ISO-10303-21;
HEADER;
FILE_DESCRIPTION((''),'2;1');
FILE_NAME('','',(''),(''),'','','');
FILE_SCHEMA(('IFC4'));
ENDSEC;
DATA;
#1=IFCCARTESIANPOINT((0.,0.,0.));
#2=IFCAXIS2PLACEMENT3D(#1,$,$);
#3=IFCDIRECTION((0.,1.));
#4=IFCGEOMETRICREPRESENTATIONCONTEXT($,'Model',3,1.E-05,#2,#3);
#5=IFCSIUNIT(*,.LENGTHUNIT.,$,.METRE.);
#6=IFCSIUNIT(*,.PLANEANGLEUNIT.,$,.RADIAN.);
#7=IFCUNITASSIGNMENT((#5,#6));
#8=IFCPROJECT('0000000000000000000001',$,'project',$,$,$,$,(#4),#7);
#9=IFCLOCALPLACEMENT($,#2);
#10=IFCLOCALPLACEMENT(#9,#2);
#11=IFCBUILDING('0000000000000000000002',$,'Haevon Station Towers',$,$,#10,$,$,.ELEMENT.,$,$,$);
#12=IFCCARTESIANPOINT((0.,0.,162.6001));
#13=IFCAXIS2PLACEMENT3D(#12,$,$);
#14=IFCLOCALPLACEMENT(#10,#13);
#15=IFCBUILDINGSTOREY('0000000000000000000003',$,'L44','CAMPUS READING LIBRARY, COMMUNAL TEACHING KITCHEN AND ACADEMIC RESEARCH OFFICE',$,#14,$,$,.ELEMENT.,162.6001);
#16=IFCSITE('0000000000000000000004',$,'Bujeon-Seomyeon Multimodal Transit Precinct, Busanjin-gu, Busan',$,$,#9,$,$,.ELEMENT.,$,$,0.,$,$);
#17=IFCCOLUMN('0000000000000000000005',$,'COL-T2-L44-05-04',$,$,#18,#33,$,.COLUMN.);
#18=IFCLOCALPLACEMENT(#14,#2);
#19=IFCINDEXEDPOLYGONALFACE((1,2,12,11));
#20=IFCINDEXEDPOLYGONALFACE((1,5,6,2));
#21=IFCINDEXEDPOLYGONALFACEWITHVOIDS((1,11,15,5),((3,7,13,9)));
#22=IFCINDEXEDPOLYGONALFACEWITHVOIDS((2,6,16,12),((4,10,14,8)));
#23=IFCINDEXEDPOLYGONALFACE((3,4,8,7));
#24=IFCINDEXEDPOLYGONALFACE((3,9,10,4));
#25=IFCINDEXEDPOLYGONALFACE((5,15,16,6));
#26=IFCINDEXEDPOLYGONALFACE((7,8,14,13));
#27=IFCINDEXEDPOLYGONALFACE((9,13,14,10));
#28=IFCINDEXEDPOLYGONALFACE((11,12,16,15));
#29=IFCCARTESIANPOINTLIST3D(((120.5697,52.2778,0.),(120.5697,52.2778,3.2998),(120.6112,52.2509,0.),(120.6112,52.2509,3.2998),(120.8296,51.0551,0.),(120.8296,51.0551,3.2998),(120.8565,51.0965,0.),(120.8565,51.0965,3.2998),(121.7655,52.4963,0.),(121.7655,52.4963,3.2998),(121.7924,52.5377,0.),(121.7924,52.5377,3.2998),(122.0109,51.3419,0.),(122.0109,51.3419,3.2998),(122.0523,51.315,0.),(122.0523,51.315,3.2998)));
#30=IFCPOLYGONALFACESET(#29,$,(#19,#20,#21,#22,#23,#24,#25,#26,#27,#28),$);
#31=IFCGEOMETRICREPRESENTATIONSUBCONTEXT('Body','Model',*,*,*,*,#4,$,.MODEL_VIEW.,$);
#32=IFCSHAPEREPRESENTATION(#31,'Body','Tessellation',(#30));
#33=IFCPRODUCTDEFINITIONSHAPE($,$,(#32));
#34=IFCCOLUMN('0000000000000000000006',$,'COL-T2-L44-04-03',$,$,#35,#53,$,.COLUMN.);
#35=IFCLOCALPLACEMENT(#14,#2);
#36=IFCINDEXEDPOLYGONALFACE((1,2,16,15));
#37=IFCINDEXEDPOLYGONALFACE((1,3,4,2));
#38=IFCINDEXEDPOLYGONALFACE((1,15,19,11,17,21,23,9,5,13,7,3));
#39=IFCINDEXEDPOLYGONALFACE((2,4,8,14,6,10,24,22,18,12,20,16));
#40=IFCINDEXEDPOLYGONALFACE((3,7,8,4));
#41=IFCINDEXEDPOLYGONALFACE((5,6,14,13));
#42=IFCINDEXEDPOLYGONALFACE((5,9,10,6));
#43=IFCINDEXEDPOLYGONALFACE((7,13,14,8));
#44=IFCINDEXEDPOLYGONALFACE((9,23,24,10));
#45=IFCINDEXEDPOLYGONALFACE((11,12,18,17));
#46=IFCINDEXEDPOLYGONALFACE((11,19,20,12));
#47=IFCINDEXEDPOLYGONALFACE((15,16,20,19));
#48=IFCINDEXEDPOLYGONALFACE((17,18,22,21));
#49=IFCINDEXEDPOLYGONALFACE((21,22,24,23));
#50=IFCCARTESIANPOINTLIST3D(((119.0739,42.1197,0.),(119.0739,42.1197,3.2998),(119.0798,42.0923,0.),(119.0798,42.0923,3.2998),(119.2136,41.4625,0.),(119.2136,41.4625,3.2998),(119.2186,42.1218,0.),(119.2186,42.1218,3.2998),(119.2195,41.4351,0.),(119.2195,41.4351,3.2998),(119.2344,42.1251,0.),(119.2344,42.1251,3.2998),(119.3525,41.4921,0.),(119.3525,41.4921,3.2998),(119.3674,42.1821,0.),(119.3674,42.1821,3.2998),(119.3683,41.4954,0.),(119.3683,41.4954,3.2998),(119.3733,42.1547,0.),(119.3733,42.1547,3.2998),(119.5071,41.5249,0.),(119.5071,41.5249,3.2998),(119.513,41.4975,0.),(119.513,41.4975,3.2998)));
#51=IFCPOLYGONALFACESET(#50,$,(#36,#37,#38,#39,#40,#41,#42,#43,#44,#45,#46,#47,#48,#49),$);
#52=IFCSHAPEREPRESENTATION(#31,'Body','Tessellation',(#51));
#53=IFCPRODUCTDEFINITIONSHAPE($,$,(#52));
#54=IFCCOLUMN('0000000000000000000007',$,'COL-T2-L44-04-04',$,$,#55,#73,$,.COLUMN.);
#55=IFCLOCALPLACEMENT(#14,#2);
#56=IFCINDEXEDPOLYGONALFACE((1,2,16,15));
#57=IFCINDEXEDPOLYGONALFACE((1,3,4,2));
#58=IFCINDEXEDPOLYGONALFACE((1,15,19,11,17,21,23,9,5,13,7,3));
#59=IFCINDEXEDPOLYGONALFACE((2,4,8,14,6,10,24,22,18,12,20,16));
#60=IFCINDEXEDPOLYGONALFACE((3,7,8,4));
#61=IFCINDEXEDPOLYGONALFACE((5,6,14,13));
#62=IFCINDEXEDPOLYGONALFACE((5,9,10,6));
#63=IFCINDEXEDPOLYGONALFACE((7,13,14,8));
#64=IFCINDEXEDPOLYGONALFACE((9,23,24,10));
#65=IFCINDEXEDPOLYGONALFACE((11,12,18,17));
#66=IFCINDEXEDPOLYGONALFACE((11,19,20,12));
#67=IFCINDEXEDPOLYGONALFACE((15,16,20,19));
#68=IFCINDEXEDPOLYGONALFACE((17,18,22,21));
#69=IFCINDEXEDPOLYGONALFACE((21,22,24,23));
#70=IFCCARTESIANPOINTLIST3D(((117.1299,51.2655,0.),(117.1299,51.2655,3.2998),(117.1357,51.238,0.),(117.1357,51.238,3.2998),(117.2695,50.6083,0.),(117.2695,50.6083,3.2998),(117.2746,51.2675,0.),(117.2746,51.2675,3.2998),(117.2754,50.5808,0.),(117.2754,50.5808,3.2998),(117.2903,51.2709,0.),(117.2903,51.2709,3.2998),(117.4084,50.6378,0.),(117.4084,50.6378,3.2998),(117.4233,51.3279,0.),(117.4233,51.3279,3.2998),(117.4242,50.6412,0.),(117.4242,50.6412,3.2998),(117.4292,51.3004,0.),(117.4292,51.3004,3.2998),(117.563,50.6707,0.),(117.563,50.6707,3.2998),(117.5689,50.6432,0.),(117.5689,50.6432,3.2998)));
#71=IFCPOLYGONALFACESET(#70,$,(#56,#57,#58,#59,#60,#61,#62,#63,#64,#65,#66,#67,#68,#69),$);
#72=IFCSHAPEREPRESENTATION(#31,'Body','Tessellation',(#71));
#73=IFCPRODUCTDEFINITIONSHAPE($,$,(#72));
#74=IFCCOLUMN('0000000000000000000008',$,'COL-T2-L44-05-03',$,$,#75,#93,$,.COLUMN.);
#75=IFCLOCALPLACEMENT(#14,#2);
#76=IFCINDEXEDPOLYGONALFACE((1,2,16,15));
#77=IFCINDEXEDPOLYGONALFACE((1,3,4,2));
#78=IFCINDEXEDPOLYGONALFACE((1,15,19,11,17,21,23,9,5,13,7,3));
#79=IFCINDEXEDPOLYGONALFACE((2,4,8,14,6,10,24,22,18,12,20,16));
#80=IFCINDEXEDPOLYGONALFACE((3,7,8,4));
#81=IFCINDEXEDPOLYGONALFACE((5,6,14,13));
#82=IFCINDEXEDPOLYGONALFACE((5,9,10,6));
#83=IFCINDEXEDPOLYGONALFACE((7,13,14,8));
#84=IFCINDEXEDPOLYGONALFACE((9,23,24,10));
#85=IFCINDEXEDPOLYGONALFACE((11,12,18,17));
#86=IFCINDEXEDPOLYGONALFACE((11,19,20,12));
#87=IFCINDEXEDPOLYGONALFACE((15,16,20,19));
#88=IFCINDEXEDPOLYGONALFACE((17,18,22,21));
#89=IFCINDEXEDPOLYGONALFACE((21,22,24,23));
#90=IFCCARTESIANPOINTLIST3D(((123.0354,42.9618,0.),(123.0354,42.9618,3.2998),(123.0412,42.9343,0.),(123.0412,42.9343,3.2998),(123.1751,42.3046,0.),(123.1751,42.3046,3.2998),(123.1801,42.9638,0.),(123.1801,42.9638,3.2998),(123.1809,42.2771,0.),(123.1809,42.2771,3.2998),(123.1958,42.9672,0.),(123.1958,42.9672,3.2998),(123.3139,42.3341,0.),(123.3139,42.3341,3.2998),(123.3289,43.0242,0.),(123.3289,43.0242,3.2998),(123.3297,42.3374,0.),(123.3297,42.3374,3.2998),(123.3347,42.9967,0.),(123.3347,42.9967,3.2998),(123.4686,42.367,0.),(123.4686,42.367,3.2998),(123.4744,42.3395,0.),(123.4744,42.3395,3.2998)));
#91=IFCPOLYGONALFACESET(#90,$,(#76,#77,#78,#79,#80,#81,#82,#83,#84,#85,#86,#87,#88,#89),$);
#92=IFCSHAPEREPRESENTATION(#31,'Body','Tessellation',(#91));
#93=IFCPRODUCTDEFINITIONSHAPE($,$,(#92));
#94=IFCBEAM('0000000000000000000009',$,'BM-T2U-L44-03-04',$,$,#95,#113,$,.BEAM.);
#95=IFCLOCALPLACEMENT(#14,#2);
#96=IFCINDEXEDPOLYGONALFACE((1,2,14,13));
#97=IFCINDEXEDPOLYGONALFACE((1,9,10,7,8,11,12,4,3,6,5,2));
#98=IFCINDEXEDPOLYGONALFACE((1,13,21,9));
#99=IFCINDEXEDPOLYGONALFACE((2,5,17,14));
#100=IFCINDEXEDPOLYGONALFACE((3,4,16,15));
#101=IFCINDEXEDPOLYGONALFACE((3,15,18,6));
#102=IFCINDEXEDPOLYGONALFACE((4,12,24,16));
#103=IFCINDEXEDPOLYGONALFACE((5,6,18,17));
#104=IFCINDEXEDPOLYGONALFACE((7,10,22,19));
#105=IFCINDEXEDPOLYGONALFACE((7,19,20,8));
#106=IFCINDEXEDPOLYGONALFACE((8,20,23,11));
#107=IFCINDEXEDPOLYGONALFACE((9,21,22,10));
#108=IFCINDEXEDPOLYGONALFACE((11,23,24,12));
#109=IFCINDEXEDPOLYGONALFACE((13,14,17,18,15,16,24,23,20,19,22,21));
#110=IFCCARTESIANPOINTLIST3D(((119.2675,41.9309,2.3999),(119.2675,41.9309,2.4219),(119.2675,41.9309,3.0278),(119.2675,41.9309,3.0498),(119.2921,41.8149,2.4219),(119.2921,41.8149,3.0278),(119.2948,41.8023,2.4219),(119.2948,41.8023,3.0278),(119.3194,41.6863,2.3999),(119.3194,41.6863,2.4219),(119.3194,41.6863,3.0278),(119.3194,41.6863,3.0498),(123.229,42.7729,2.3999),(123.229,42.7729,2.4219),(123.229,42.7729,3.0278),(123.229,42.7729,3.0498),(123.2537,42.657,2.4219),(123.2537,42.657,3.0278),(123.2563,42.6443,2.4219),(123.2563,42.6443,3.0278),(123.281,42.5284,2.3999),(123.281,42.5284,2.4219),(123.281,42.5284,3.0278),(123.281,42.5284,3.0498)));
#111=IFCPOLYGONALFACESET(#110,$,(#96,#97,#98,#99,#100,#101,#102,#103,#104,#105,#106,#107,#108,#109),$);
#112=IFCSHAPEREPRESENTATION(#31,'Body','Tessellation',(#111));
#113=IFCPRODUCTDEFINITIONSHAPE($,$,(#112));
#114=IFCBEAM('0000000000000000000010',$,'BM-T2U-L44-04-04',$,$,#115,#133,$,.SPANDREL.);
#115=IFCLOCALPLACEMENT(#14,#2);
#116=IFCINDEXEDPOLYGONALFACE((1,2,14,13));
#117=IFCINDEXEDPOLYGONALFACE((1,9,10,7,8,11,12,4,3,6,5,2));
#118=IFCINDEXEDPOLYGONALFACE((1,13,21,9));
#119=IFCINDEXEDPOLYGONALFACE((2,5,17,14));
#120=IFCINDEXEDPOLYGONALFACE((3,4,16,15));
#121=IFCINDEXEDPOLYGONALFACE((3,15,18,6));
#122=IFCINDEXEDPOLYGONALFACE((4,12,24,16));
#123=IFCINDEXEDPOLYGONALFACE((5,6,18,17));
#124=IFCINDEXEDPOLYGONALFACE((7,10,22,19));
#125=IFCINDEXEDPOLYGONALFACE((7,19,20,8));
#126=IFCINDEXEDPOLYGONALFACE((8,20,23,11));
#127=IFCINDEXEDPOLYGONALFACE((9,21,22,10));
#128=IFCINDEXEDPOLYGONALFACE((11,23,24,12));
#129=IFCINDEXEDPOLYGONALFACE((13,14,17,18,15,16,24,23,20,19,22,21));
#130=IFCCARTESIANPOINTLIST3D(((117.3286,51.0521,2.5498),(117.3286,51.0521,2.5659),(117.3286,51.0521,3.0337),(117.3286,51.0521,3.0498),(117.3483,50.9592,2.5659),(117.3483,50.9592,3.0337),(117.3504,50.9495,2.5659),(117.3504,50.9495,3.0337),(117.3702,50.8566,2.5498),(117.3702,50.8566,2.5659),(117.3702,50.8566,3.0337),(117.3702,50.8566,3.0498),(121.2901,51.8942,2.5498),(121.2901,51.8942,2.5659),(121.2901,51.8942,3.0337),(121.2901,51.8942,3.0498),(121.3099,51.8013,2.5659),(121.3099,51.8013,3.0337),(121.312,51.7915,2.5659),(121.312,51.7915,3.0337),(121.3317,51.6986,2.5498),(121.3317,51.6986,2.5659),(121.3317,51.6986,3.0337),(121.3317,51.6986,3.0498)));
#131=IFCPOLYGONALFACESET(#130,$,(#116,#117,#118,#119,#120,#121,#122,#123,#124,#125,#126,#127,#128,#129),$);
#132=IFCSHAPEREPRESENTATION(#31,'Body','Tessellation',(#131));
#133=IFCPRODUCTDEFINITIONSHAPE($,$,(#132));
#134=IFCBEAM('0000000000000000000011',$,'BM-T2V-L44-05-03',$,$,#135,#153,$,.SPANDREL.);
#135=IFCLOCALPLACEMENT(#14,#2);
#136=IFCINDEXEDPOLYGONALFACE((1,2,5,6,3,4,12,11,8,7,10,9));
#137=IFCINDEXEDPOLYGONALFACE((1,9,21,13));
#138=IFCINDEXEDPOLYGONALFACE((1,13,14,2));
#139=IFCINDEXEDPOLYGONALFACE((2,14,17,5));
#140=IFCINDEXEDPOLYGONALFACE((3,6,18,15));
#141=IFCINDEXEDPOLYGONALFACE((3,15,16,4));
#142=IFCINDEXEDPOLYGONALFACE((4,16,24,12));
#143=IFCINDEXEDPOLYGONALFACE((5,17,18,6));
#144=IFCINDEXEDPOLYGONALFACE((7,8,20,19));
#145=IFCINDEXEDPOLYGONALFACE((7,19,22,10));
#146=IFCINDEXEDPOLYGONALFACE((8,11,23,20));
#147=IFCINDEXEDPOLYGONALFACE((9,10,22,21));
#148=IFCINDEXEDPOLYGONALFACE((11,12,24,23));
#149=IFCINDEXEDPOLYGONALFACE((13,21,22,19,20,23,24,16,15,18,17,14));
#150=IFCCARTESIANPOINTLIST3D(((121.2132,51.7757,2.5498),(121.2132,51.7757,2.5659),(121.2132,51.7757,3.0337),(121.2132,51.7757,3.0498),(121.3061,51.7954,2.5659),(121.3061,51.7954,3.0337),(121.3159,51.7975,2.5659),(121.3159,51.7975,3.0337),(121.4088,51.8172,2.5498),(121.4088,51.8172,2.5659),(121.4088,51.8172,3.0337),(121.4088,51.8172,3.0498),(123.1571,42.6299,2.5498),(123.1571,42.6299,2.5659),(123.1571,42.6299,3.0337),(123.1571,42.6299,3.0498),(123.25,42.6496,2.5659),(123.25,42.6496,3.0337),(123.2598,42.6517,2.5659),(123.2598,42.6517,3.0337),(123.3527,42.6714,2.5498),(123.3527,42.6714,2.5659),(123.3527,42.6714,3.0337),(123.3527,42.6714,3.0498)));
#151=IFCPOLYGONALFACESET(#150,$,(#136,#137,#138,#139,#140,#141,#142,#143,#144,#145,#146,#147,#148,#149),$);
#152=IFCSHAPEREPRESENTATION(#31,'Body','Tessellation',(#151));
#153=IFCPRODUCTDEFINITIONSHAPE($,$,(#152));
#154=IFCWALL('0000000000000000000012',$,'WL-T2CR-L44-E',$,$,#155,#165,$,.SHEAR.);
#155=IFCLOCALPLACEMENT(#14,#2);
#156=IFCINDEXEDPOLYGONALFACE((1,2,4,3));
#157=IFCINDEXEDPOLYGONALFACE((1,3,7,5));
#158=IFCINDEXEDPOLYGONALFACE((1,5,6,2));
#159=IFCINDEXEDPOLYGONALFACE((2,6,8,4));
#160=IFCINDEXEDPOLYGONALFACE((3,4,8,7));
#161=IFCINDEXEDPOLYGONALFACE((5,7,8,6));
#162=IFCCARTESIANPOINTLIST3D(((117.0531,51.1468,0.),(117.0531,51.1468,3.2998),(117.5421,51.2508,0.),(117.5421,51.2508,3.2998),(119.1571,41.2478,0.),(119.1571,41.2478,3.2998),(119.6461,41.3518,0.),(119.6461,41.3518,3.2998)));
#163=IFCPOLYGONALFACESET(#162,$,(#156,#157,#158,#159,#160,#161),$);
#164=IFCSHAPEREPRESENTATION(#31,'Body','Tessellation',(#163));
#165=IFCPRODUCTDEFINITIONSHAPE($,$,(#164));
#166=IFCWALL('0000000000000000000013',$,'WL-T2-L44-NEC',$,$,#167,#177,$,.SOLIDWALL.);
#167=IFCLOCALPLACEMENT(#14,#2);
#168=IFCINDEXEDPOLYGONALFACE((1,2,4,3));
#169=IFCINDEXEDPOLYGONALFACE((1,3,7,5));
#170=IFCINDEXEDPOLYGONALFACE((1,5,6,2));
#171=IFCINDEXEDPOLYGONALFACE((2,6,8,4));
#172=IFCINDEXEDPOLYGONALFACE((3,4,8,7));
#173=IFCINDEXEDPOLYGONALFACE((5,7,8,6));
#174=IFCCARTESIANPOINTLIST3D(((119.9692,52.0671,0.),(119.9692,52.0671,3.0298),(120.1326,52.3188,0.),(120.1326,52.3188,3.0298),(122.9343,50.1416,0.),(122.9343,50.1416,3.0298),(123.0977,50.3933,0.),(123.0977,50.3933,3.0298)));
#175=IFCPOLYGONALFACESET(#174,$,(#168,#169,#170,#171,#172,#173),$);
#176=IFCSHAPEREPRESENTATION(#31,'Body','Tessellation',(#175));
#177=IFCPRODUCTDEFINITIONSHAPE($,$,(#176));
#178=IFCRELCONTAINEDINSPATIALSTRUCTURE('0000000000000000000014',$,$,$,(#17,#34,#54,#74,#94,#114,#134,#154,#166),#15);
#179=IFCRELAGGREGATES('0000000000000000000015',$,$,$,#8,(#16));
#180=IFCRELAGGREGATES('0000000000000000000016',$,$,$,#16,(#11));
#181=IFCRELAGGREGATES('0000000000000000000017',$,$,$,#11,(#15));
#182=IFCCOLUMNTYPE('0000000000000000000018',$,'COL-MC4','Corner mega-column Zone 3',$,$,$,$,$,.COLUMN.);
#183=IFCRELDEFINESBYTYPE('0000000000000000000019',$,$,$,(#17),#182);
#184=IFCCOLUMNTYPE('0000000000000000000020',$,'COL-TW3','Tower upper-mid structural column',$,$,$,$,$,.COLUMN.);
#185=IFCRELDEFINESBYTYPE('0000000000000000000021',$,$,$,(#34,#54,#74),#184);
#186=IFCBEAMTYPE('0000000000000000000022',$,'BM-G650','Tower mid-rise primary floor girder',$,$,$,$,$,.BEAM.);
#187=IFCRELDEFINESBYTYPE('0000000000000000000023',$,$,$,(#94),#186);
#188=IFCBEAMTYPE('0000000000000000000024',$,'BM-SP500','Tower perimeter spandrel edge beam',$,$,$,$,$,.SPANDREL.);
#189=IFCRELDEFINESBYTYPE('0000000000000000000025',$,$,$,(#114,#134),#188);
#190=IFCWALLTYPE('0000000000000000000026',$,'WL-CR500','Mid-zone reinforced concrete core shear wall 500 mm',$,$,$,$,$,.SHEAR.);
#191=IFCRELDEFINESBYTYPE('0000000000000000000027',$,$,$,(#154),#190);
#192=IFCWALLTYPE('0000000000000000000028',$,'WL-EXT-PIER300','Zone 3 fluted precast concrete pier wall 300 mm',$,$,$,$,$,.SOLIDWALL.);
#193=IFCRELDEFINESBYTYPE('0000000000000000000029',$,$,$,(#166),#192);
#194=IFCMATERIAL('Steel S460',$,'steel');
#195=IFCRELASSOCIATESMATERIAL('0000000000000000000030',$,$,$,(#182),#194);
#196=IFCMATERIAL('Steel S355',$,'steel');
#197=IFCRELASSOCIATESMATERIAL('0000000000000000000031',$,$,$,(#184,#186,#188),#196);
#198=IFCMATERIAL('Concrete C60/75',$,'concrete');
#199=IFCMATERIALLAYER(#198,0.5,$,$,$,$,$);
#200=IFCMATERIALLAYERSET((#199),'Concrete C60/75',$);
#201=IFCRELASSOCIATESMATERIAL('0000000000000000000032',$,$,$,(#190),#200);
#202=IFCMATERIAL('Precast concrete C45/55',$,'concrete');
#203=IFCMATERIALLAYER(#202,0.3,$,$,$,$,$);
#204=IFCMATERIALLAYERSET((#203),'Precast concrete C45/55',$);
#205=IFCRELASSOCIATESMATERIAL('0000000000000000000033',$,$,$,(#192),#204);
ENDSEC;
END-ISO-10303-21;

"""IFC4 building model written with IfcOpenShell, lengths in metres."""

from ifc_helpers import new_model, si_unit, direction, frame, frame_2d, origin, origin_2d, place, context, subcontext, project, spatial, rectangle, hollow_rectangle, i_section, extrude, material, layer, layer_set, material_profile, profile_set, type_object, element, save


model = new_model("IFC4")

# Units and contexts
model_context = context("Model", 3, precision=1e-05, world=origin(), true_north=direction((0.0, 1.0)))
body_context = subcontext(model_context, "Body", "Model", "MODEL_VIEW")
ifc_project = project(units=[si_unit("LENGTHUNIT", "METRE"), si_unit("PLANEANGLEUNIT", "RADIAN")], contexts=[model_context])

# Site, building, storey
site_placement = place(None, origin())
site = spatial("IfcSite", under=ifc_project, at=site_placement, Name="Bujeon-Seomyeon Multimodal Transit Precinct, Busanjin-gu, Busan", CompositionType="ELEMENT", RefElevation=0.0)
building_placement = place(site_placement, origin())
building = spatial("IfcBuilding", under=site, at=building_placement, Name="Haevon Station Towers", CompositionType="ELEMENT")
storey_placement = place(building_placement, frame((0.0, 0.0, 162.6001)))
storey = spatial("IfcBuildingStorey", under=building, at=storey_placement, Name="L44", Description="CAMPUS READING LIBRARY, COMMUNAL TEACHING KITCHEN AND ACADEMIC RESEARCH OFFICE", CompositionType="ELEMENT", Elevation=162.6001)

# Columns
ifc_material_1 = material(Name="Steel S460", Category="steel")
ifc_material_profile_1 = material_profile(ifc_material_1, hollow_rectangle(XDim=1.25, YDim=1.25, WallThickness=0.0349, at=origin_2d()), Name="BOX-1250x1250x35")
ifc_profile_set_1 = profile_set([ifc_material_profile_1], Name="Steel S460")
column_type_1 = type_object("IfcColumnType", Name="COL-MC4", Description="Corner mega-column Zone 3", PredefinedType="COLUMN", material=ifc_profile_set_1)
column_placement = place(storey_placement, frame((121.311, 51.7964, 0.0), z_axis=(0.0, 0.0, 1.0), x_axis=(0.978148, 0.207912, 0.0)))
element("IfcColumn", 1, at=column_placement, inside=storey, type_object=column_type_1, Name="COL-T2-L44-05-04", PredefinedType="COLUMN", context=body_context, shape_type="SweptSolid", body=[
    extrude(hollow_rectangle(XDim=1.25, YDim=1.25, WallThickness=0.0349, at=origin_2d()), origin(), (0.0, 0.0, 1.0), 3.2998),
])
ifc_material_2 = material(Name="Steel S355", Category="steel")
ifc_material_profile_2 = material_profile(ifc_material_2, i_section(OverallWidth=0.3, OverallDepth=0.7, WebThickness=0.0161, FlangeThickness=0.0281, at=origin_2d()), Name="H-700x300x16x28")
ifc_profile_set_2 = profile_set([ifc_material_profile_2], Name="Steel S355")
column_type_2 = type_object("IfcColumnType", Name="COL-TW3", Description="Tower upper-mid structural column", PredefinedType="COLUMN", material=ifc_profile_set_2)
for number, where, z_axis, x_axis, name in (
    (2, (119.2935, 41.8086, 0.0), (0.0, 0.0, 1.0), (0.978148, 0.207912, 0.0), "COL-T2-L44-04-03"),
    (3, (117.3494, 50.9543, 0.0), (0.0, 0.0, 1.0), (0.978148, 0.207912, 0.0), "COL-T2-L44-04-04"),
    (4, (123.2549, 42.6506, 0.0), (0.0, 0.0, 1.0), (0.978148, 0.207912, 0.0), "COL-T2-L44-05-03"),
):
    element("IfcColumn", number, at=place(storey_placement, frame(where, z_axis=z_axis, x_axis=x_axis)), inside=storey, type_object=column_type_2, Name=name, PredefinedType="COLUMN", context=body_context, shape_type="SweptSolid", body=[
        extrude(i_section(OverallWidth=0.3, OverallDepth=0.7, WebThickness=0.0161, FlangeThickness=0.0281, at=origin_2d()), origin(), (0.0, 0.0, 1.0), 3.2998),
    ])

# Beams
ifc_material_profile_3 = material_profile(ifc_material_2, i_section(OverallWidth=0.25, OverallDepth=0.6499, WebThickness=0.0129, FlangeThickness=0.022, at=origin_2d()), Name="H-650x250x13x22")
ifc_profile_set_3 = profile_set([ifc_material_profile_3], Name="Steel S355")
beam_type_1 = type_object("IfcBeamType", Name="BM-G650", Description="Tower mid-rise primary floor girder", PredefinedType="BEAM", material=ifc_profile_set_3)
beam_1_placement = place(storey_placement, frame((119.2935, 41.8086, 2.7249), z_axis=(0.978147, 0.207915, 0.0), x_axis=(-0.207915, 0.978147, 0.0)))
element("IfcBeam", 5, at=beam_1_placement, inside=storey, type_object=beam_type_1, Name="BM-T2U-L44-03-04", PredefinedType="BEAM", context=body_context, shape_type="SweptSolid", body=[
    extrude(i_section(OverallWidth=0.25, OverallDepth=0.6499, WebThickness=0.0129, FlangeThickness=0.022, at=origin_2d()), origin(), (0.0, 0.0, 1.0), 4.05),
])
ifc_material_profile_4 = material_profile(ifc_material_2, i_section(OverallWidth=0.2, OverallDepth=0.5, WebThickness=0.01, FlangeThickness=0.0161, at=origin_2d()), Name="H-500x200x10x16")
ifc_profile_set_4 = profile_set([ifc_material_profile_4], Name="Steel S355")
beam_type_2 = type_object("IfcBeamType", Name="BM-SP500", Description="Tower perimeter spandrel edge beam", PredefinedType="SPANDREL", material=ifc_profile_set_4)
beam_2_placement = place(storey_placement, frame((117.3494, 50.9543, 2.7998), z_axis=(0.97815, 0.207903, 0.0), x_axis=(-0.207903, 0.97815, 0.0)))
element("IfcBeam", 6, at=beam_2_placement, inside=storey, type_object=beam_type_2, Name="BM-T2U-L44-04-04", PredefinedType="SPANDREL", context=body_context, shape_type="SweptSolid", body=[
    extrude(i_section(OverallWidth=0.2, OverallDepth=0.5, WebThickness=0.01, FlangeThickness=0.0161, at=origin_2d()), origin(), (0.0, 0.0, 1.0), 4.05),
])
beam_3_placement = place(storey_placement, frame((123.2549, 42.6506, 2.7998), z_axis=(-0.207897, 0.978151, 0.0), x_axis=(-0.978151, -0.207897, 0.0)))
element("IfcBeam", 7, at=beam_3_placement, inside=storey, type_object=beam_type_2, Name="BM-T2V-L44-05-03", PredefinedType="SPANDREL", context=body_context, shape_type="SweptSolid", body=[
    extrude(i_section(OverallWidth=0.2, OverallDepth=0.5, WebThickness=0.01, FlangeThickness=0.0161, at=origin_2d()), origin(), (0.0, 0.0, 1.0), 9.3501),
])

# Walls
ifc_material_3 = material(Name="Concrete C60/75", Category="concrete")
ifc_layer_1 = layer(ifc_material_3, 0.5)
ifc_layer_set_1 = layer_set([ifc_layer_1], Name="Concrete C60/75")
wall_type_1 = type_object("IfcWallType", Name="WL-CR500", Description="Mid-zone reinforced concrete core shear wall 500 mm", PredefinedType="SHEAR", material=ifc_layer_set_1)
wall_1_placement = place(storey_placement, frame((119.4016, 41.2998, 0.0), z_axis=(0.0, 0.0, 1.0), x_axis=(-0.207904, 0.978149, 0.0)))
element("IfcWall", 8, at=wall_1_placement, inside=storey, type_object=wall_type_1, Name="WL-T2CR-L44-E", PredefinedType="SHEAR", context=body_context, shape_type="SweptSolid", body=[
    extrude(rectangle(XDim=10.1201, YDim=0.5, at=frame_2d((5.0601, 0.0))), origin(), (0.0, 0.0, 1.0), 3.2998),
])
ifc_material_4 = material(Name="Precast concrete C45/55", Category="concrete")
ifc_layer_2 = layer(ifc_material_4, 0.3)
ifc_layer_set_2 = layer_set([ifc_layer_2], Name="Precast concrete C45/55")
wall_type_2 = type_object("IfcWallType", Name="WL-EXT-PIER300", Description="Zone 3 fluted precast concrete pier wall 300 mm", PredefinedType="SOLIDWALL", material=ifc_layer_set_2)
wall_2_placement = place(storey_placement, frame((120.051, 52.1929, 0.0), z_axis=(0.0, 0.0, 1.0), x_axis=(0.838672, -0.544636, 0.0)))
element("IfcWall", 9, at=wall_2_placement, inside=storey, type_object=wall_type_2, Name="WL-T2-L44-NEC", PredefinedType="SOLIDWALL", context=body_context, shape_type="SweptSolid", body=[
    extrude(rectangle(XDim=3.5354, YDim=0.3, at=frame_2d((1.7676, 0.0))), origin(), (0.0, 0.0, 1.0), 3.0298),
])

save(model, "model.ifc")
